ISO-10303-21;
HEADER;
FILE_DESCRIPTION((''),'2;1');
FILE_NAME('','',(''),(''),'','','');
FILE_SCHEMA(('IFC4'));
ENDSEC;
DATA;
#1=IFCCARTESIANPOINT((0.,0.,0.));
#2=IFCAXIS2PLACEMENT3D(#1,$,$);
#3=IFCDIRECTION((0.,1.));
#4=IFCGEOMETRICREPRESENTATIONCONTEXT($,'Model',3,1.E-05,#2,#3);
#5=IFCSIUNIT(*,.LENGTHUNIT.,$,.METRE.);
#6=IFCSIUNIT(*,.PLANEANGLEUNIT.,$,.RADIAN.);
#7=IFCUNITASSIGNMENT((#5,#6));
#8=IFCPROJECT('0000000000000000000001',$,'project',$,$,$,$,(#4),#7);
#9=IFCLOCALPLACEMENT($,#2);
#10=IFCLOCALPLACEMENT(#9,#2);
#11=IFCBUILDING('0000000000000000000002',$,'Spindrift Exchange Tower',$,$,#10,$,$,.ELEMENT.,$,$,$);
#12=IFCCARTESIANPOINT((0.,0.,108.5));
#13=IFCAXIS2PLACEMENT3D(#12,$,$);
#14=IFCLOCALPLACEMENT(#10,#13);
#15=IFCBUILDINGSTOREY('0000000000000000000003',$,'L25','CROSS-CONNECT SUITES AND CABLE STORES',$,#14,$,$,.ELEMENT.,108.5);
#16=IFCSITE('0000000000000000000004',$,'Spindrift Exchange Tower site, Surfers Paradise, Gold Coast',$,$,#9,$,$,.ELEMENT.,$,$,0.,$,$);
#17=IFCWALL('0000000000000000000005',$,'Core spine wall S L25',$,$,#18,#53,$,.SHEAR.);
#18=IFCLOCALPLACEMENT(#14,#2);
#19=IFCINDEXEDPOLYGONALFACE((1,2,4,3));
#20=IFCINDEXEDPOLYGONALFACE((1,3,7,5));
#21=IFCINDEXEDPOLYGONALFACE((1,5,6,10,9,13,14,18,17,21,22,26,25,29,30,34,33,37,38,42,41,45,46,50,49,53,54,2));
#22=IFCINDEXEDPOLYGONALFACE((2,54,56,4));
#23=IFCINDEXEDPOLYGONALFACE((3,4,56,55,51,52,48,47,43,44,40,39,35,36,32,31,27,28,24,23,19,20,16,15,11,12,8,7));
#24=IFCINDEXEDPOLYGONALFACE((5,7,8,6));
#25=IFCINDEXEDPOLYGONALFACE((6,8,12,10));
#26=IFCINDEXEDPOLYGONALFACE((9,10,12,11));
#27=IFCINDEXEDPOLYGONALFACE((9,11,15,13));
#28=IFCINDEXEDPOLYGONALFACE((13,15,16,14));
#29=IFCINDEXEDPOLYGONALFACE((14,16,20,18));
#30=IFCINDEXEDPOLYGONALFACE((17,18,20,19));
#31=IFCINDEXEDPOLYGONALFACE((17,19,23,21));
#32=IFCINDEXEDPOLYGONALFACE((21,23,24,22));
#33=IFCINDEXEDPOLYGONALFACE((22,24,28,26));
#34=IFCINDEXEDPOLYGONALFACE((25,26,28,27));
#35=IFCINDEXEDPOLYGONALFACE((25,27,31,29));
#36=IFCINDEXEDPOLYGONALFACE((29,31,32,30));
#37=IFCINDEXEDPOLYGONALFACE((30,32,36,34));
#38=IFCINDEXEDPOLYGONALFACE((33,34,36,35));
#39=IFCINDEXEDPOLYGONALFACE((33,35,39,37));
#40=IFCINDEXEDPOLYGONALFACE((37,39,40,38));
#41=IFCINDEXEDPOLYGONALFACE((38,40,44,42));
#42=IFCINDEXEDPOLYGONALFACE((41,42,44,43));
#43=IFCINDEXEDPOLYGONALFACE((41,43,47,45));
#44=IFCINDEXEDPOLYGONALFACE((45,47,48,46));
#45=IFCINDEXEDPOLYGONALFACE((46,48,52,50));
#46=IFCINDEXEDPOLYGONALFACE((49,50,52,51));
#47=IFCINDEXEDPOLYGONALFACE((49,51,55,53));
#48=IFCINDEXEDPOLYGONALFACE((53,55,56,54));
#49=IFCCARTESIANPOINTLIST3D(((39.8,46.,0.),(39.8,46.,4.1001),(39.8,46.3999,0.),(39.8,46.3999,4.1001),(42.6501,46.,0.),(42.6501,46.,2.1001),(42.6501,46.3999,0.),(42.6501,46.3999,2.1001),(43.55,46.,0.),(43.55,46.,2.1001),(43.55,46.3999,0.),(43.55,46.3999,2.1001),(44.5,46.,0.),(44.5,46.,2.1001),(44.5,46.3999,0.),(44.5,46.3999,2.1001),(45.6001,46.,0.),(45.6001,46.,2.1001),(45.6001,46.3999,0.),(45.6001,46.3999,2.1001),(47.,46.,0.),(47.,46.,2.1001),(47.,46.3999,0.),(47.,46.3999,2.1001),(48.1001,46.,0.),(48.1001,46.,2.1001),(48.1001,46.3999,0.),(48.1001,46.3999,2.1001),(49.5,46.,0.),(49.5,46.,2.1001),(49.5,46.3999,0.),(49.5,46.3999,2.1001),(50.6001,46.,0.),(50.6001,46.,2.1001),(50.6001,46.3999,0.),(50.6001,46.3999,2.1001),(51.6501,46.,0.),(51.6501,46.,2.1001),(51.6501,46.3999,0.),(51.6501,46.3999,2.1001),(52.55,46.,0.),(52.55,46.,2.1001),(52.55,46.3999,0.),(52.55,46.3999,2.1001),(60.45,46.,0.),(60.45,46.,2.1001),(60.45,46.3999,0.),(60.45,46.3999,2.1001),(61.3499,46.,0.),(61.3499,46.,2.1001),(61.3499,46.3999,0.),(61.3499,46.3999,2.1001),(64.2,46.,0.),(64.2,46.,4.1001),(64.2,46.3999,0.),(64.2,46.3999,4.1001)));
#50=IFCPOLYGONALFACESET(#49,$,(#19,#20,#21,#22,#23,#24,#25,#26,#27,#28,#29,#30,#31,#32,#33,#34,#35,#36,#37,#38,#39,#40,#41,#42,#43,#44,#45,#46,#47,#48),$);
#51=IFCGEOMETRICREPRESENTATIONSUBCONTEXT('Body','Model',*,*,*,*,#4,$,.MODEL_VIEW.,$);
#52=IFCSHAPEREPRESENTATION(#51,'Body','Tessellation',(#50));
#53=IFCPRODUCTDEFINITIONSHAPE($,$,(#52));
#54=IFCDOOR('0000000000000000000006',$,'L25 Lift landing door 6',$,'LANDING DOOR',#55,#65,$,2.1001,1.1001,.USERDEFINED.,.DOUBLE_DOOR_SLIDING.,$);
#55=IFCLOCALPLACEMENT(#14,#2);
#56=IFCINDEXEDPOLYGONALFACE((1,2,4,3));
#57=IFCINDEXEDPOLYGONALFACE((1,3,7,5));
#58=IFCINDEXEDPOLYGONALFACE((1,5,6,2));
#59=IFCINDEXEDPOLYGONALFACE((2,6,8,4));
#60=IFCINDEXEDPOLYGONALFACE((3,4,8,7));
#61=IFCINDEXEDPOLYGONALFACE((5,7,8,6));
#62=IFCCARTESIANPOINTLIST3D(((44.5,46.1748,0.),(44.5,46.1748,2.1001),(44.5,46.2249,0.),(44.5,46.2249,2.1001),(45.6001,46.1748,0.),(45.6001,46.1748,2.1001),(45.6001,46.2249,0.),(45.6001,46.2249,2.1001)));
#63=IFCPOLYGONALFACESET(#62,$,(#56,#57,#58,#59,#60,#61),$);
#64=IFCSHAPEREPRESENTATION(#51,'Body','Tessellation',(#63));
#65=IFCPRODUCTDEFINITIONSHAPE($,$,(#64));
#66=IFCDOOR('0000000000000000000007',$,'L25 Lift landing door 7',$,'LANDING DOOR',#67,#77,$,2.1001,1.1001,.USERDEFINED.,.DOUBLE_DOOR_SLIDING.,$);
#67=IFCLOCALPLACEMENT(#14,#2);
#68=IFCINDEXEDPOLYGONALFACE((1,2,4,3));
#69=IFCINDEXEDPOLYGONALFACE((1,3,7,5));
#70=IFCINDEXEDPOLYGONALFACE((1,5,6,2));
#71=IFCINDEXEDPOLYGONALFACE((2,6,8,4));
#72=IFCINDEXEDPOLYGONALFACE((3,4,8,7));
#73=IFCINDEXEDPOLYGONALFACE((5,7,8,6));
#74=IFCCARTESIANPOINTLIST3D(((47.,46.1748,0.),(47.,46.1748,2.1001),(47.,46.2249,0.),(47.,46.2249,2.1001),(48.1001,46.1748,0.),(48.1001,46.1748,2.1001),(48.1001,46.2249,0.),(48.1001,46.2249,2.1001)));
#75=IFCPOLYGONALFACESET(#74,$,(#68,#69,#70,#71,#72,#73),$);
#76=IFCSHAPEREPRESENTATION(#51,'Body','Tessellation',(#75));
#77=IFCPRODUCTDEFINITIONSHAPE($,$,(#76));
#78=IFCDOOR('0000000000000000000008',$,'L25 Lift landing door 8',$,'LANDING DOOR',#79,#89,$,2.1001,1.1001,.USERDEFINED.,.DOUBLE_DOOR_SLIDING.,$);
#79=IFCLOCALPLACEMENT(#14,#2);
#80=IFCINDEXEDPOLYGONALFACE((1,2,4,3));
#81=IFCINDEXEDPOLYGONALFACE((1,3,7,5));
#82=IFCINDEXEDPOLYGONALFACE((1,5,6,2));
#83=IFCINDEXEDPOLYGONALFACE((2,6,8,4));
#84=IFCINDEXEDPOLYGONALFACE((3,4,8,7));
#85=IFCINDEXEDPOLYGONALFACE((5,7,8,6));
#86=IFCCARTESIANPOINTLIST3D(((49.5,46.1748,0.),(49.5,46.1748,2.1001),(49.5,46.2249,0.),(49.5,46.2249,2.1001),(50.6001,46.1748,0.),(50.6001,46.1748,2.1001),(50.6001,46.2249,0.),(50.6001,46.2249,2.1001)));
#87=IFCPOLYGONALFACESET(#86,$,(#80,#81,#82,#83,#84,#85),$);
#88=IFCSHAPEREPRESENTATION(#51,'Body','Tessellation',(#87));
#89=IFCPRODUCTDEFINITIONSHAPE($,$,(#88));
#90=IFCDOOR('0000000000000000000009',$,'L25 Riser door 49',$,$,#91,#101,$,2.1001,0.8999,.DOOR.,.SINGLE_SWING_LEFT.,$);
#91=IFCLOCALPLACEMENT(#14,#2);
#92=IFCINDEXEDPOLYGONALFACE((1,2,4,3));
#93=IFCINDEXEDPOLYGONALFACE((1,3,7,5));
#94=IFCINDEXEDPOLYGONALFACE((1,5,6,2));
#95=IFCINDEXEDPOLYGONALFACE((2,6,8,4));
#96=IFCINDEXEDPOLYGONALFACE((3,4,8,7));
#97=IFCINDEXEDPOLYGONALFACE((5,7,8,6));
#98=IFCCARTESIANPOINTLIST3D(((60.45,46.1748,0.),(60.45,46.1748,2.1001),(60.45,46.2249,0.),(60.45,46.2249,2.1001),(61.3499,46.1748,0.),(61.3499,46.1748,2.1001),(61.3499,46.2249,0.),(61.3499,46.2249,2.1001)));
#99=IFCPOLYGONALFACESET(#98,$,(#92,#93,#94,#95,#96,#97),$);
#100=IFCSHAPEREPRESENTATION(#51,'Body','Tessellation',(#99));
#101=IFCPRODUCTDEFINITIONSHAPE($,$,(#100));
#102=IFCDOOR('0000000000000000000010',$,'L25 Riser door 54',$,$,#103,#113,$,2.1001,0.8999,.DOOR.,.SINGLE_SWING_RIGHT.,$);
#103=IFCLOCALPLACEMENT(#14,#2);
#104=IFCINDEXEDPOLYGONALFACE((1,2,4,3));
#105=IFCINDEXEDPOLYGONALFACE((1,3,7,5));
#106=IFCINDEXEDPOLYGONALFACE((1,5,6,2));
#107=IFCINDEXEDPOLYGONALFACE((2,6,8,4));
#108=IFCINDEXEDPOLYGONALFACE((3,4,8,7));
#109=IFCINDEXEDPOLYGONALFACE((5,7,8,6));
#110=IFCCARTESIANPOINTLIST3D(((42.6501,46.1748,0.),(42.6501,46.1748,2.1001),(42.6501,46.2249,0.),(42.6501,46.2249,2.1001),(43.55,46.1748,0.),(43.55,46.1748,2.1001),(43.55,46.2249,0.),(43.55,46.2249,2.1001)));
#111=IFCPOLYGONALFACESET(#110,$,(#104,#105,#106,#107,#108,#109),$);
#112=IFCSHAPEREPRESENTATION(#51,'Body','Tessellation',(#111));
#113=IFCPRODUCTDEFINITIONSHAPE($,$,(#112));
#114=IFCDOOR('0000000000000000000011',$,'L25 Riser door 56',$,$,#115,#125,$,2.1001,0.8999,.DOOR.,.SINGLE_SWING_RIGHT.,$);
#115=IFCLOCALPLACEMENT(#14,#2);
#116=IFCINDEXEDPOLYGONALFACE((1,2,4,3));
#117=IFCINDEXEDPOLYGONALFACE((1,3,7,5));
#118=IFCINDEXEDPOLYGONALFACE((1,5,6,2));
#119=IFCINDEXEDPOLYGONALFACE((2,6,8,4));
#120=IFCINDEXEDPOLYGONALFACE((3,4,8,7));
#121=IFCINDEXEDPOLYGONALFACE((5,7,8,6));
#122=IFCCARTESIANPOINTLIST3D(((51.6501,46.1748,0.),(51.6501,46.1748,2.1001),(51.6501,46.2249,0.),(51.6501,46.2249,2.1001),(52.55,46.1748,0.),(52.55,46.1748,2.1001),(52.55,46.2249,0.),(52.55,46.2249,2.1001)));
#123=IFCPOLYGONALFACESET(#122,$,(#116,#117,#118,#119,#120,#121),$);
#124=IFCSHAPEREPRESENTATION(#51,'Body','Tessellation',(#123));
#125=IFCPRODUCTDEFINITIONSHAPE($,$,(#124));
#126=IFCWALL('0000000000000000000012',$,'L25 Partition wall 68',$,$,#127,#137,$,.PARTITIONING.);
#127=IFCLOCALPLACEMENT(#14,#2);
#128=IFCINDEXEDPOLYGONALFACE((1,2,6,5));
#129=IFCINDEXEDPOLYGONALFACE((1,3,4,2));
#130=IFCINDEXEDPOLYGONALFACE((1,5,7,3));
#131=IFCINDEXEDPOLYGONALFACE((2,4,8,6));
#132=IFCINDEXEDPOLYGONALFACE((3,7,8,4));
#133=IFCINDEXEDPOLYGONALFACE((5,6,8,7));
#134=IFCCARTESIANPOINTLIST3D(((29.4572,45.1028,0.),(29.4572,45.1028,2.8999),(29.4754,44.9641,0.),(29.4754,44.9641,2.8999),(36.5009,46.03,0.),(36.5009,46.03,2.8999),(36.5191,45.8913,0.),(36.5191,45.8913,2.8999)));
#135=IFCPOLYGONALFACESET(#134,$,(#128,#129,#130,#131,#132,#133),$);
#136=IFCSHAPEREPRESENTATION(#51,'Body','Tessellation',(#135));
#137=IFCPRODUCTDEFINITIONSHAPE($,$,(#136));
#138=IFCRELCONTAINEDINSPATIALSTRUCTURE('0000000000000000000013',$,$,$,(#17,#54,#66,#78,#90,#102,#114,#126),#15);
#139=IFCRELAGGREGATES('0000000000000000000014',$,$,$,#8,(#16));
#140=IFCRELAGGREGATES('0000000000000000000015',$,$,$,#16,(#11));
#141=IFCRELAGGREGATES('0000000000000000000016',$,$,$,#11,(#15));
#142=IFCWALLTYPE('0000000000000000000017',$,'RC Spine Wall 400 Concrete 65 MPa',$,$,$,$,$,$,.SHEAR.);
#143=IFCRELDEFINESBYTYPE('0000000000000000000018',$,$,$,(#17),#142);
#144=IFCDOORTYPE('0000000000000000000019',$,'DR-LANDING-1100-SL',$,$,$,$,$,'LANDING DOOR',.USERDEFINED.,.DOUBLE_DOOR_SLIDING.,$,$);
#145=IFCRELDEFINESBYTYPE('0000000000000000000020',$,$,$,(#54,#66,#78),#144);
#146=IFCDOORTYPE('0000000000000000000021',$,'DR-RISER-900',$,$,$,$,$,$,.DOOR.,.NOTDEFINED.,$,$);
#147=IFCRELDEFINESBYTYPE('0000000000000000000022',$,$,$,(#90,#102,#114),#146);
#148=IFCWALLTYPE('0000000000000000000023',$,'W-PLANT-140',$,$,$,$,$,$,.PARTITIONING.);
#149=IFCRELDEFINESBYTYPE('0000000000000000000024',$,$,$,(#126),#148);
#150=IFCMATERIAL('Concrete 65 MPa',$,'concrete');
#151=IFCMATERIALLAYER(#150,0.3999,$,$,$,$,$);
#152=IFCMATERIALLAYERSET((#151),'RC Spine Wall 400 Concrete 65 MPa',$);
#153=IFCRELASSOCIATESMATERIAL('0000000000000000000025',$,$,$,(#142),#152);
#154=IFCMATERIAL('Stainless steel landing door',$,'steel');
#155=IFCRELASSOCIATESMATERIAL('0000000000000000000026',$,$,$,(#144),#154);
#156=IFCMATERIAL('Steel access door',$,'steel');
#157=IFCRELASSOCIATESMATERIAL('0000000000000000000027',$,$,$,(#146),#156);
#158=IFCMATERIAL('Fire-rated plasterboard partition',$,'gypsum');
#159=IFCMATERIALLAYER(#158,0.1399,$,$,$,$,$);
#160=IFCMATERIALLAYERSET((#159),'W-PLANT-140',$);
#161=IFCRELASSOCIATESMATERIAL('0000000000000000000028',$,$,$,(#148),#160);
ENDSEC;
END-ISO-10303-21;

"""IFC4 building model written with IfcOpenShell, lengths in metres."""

from ifc_helpers import new_model, si_unit, direction, frame, frame_2d, origin, place, context, subcontext, project, spatial, rectangle, extrude, source, transform, mapped, material, layer, layer_set, type_object, element, fill, save


model = new_model("IFC4")

# Units and contexts
model_context = context("Model", 3, precision=1e-05, world=origin(), true_north=direction((0.0, 1.0)))
body_context = subcontext(model_context, "Body", "Model", "MODEL_VIEW")
ifc_project = project(units=[si_unit("LENGTHUNIT", "METRE"), si_unit("PLANEANGLEUNIT", "RADIAN")], contexts=[model_context])

# Site, building, storey
site_placement = place(None, origin())
site = spatial("IfcSite", under=ifc_project, at=site_placement, Name="Spindrift Exchange Tower site, Surfers Paradise, Gold Coast", CompositionType="ELEMENT", RefElevation=0.0)
building_placement = place(site_placement, origin())
building = spatial("IfcBuilding", under=site, at=building_placement, Name="Spindrift Exchange Tower", CompositionType="ELEMENT")
storey_placement = place(building_placement, frame((0.0, 0.0, 108.5)))
storey = spatial("IfcBuildingStorey", under=building, at=storey_placement, Name="L25", Description="CROSS-CONNECT SUITES AND CABLE STORES", CompositionType="ELEMENT", Elevation=108.5)

# Shared definitions
ifc_material_1 = material(Name="Concrete 65 MPa", Category="concrete")

# Wall, openings, doors
ifc_layer_1 = layer(ifc_material_1, 0.3999)
ifc_layer_set_1 = layer_set([ifc_layer_1], Name="RC Spine Wall 400 Concrete 65 MPa")
wall_type_1 = type_object("IfcWallType", Name="RC Spine Wall 400 Concrete 65 MPa", PredefinedType="SHEAR", material=ifc_layer_set_1)
ifc_material_2 = material(Name="Stainless steel landing door", Category="steel")
door_type_1 = type_object("IfcDoorType", Name="DR-LANDING-1100-SL", ElementType="LANDING DOOR", OperationType="DOUBLE_DOOR_SLIDING", PredefinedType="USERDEFINED", material=ifc_material_2)
shared_shape_1 = source(origin(), body_context, "Body", "SweptSolid", [
    extrude(rectangle(XDim=1.1001, YDim=2.1001, at=frame_2d((0.55, 1.05))), frame((0.0, 0.0249, 0.0), z_axis=(0.0, -1.0, 0.0), x_axis=(1.0, 0.0, 0.0)), (0.0, 0.0, 1.0), 0.05),
])
ifc_material_3 = material(Name="Steel access door", Category="steel")
door_type_2 = type_object("IfcDoorType", Name="DR-RISER-900", OperationType="NOTDEFINED", PredefinedType="DOOR", material=ifc_material_3)
shared_shape_2 = source(origin(), body_context, "Body", "SweptSolid", [
    extrude(rectangle(XDim=0.8999, YDim=2.1001, at=frame_2d((0.45, 1.05))), frame((0.0, 0.0249, 0.0), z_axis=(0.0, -1.0, 0.0), x_axis=(1.0, 0.0, 0.0)), (0.0, 0.0, 1.0), 0.05),
])
wall_1_placement = place(storey_placement, frame((39.8, 46.2, 0.0), z_axis=(0.0, 0.0, 1.0), x_axis=(1.0, 0.0, 0.0)))
wall_1 = element("IfcWall", 1, at=wall_1_placement, inside=storey, type_object=wall_type_1, Name="Core spine wall S L25", PredefinedType="SHEAR", context=body_context, shape_type="SweptSolid", body=[
    extrude(rectangle(XDim=24.3999, YDim=0.3999, at=frame_2d((12.2, 0.0))), origin(), (0.0, 0.0, 1.0), 4.1001),
])
opening_1_placement = place(wall_1_placement, frame((4.7, 0.0, 0.0)))
opening_1 = element("IfcOpeningElement", 2, at=opening_1_placement, cuts=wall_1, PredefinedType="OPENING", context=body_context, shape_type="SweptSolid", body=[
    extrude(rectangle(XDim=1.1001, YDim=2.1001, at=frame_2d((0.55, 1.05))), frame((0.0, 0.21, 0.0), z_axis=(0.0, -1.0, 0.0), x_axis=(1.0, 0.0, 0.0)), (0.0, 0.0, 1.0), 0.4199),
])
opening_2_placement = place(wall_1_placement, frame((7.2, 0.0, 0.0)))
opening_2 = element("IfcOpeningElement", 3, at=opening_2_placement, cuts=wall_1, PredefinedType="OPENING", context=body_context, shape_type="SweptSolid", body=[
    extrude(rectangle(XDim=1.1001, YDim=2.1001, at=frame_2d((0.55, 1.05))), frame((0.0, 0.21, 0.0), z_axis=(0.0, -1.0, 0.0), x_axis=(1.0, 0.0, 0.0)), (0.0, 0.0, 1.0), 0.4199),
])
opening_3_placement = place(wall_1_placement, frame((9.7, 0.0, 0.0)))
opening_3 = element("IfcOpeningElement", 4, at=opening_3_placement, cuts=wall_1, PredefinedType="OPENING", context=body_context, shape_type="SweptSolid", body=[
    extrude(rectangle(XDim=1.1001, YDim=2.1001, at=frame_2d((0.55, 1.05))), frame((0.0, 0.21, 0.0), z_axis=(0.0, -1.0, 0.0), x_axis=(1.0, 0.0, 0.0)), (0.0, 0.0, 1.0), 0.4199),
])
opening_4_placement = place(wall_1_placement, frame((20.6499, 0.0, 0.0)))
opening_4 = element("IfcOpeningElement", 5, at=opening_4_placement, cuts=wall_1, PredefinedType="OPENING", context=body_context, shape_type="SweptSolid", body=[
    extrude(rectangle(XDim=0.8999, YDim=2.1001, at=frame_2d((0.45, 1.05))), frame((0.0, 0.21, 0.0), z_axis=(0.0, -1.0, 0.0), x_axis=(1.0, 0.0, 0.0)), (0.0, 0.0, 1.0), 0.4199),
])
opening_5_placement = place(wall_1_placement, frame((2.8501, 0.0, 0.0)))
opening_5 = element("IfcOpeningElement", 6, at=opening_5_placement, cuts=wall_1, PredefinedType="OPENING", context=body_context, shape_type="SweptSolid", body=[
    extrude(rectangle(XDim=0.8999, YDim=2.1001, at=frame_2d((0.45, 1.05))), frame((0.0, 0.21, 0.0), z_axis=(0.0, -1.0, 0.0), x_axis=(1.0, 0.0, 0.0)), (0.0, 0.0, 1.0), 0.4199),
])
opening_6_placement = place(wall_1_placement, frame((11.8501, 0.0, 0.0)))
opening_6 = element("IfcOpeningElement", 7, at=opening_6_placement, cuts=wall_1, PredefinedType="OPENING", context=body_context, shape_type="SweptSolid", body=[
    extrude(rectangle(XDim=0.8999, YDim=2.1001, at=frame_2d((0.45, 1.05))), frame((0.0, 0.21, 0.0), z_axis=(0.0, -1.0, 0.0), x_axis=(1.0, 0.0, 0.0)), (0.0, 0.0, 1.0), 0.4199),
])
door_1_placement = place(opening_1_placement, origin())
door_1 = element("IfcDoor", 8, at=door_1_placement, inside=storey, type_object=door_type_1, Name="L25 Lift landing door 6", ObjectType="LANDING DOOR", OperationType="DOUBLE_DOOR_SLIDING", OverallHeight=2.1001, OverallWidth=1.1001, PredefinedType="USERDEFINED", context=body_context, shape_type="MappedRepresentation", body=[
    mapped(shared_shape_1, transform((0.0, 0.0, 0.0), scale=1.0)),
])
fill(opening_1, door_1)
door_2_placement = place(opening_2_placement, origin())
door_2 = element("IfcDoor", 9, at=door_2_placement, inside=storey, type_object=door_type_1, Name="L25 Lift landing door 7", ObjectType="LANDING DOOR", OperationType="DOUBLE_DOOR_SLIDING", OverallHeight=2.1001, OverallWidth=1.1001, PredefinedType="USERDEFINED", context=body_context, shape_type="MappedRepresentation", body=[
    mapped(shared_shape_1, transform((0.0, 0.0, 0.0), scale=1.0)),
])
fill(opening_2, door_2)
door_3_placement = place(opening_3_placement, origin())
door_3 = element("IfcDoor", 10, at=door_3_placement, inside=storey, type_object=door_type_1, Name="L25 Lift landing door 8", ObjectType="LANDING DOOR", OperationType="DOUBLE_DOOR_SLIDING", OverallHeight=2.1001, OverallWidth=1.1001, PredefinedType="USERDEFINED", context=body_context, shape_type="MappedRepresentation", body=[
    mapped(shared_shape_1, transform((0.0, 0.0, 0.0), scale=1.0)),
])
fill(opening_3, door_3)
door_4_placement = place(opening_4_placement, origin())
door_4 = element("IfcDoor", 11, at=door_4_placement, inside=storey, type_object=door_type_2, Name="L25 Riser door 49", OperationType="SINGLE_SWING_LEFT", OverallHeight=2.1001, OverallWidth=0.8999, PredefinedType="DOOR", context=body_context, shape_type="MappedRepresentation", body=[
    mapped(shared_shape_2, transform((0.0, 0.0, 0.0), scale=1.0)),
])
fill(opening_4, door_4)
door_5_placement = place(opening_5_placement, origin())
door_5 = element("IfcDoor", 12, at=door_5_placement, inside=storey, type_object=door_type_2, Name="L25 Riser door 54", OperationType="SINGLE_SWING_RIGHT", OverallHeight=2.1001, OverallWidth=0.8999, PredefinedType="DOOR", context=body_context, shape_type="MappedRepresentation", body=[
    mapped(shared_shape_2, transform((0.0, 0.0, 0.0), scale=1.0)),
])
fill(opening_5, door_5)
door_6_placement = place(opening_6_placement, origin())
door_6 = element("IfcDoor", 13, at=door_6_placement, inside=storey, type_object=door_type_2, Name="L25 Riser door 56", OperationType="SINGLE_SWING_RIGHT", OverallHeight=2.1001, OverallWidth=0.8999, PredefinedType="DOOR", context=body_context, shape_type="MappedRepresentation", body=[
    mapped(shared_shape_2, transform((0.0, 0.0, 0.0), scale=1.0)),
])
fill(opening_6, door_6)

# Wall
ifc_material_4 = material(Name="Fire-rated plasterboard partition", Category="gypsum")
ifc_layer_2 = layer(ifc_material_4, 0.1399)
ifc_layer_set_2 = layer_set([ifc_layer_2], Name="W-PLANT-140")
wall_type_2 = type_object("IfcWallType", Name="W-PLANT-140", PredefinedType="PARTITIONING", material=ifc_layer_set_2)
wall_2_placement = place(storey_placement, frame((36.51, 45.9607, 0.0), z_axis=(0.0, 0.0, 1.0), x_axis=(-0.991446, -0.130516, 0.0)))
element("IfcWall", 14, at=wall_2_placement, inside=storey, type_object=wall_type_2, Name="L25 Partition wall 68", PredefinedType="PARTITIONING", context=body_context, shape_type="SweptSolid", body=[
    extrude(rectangle(XDim=7.1045, YDim=0.1399, at=frame_2d((3.5522, 0.0))), origin(), (0.0, 0.0, 1.0), 2.8999),
])

save(model, "model.ifc")
